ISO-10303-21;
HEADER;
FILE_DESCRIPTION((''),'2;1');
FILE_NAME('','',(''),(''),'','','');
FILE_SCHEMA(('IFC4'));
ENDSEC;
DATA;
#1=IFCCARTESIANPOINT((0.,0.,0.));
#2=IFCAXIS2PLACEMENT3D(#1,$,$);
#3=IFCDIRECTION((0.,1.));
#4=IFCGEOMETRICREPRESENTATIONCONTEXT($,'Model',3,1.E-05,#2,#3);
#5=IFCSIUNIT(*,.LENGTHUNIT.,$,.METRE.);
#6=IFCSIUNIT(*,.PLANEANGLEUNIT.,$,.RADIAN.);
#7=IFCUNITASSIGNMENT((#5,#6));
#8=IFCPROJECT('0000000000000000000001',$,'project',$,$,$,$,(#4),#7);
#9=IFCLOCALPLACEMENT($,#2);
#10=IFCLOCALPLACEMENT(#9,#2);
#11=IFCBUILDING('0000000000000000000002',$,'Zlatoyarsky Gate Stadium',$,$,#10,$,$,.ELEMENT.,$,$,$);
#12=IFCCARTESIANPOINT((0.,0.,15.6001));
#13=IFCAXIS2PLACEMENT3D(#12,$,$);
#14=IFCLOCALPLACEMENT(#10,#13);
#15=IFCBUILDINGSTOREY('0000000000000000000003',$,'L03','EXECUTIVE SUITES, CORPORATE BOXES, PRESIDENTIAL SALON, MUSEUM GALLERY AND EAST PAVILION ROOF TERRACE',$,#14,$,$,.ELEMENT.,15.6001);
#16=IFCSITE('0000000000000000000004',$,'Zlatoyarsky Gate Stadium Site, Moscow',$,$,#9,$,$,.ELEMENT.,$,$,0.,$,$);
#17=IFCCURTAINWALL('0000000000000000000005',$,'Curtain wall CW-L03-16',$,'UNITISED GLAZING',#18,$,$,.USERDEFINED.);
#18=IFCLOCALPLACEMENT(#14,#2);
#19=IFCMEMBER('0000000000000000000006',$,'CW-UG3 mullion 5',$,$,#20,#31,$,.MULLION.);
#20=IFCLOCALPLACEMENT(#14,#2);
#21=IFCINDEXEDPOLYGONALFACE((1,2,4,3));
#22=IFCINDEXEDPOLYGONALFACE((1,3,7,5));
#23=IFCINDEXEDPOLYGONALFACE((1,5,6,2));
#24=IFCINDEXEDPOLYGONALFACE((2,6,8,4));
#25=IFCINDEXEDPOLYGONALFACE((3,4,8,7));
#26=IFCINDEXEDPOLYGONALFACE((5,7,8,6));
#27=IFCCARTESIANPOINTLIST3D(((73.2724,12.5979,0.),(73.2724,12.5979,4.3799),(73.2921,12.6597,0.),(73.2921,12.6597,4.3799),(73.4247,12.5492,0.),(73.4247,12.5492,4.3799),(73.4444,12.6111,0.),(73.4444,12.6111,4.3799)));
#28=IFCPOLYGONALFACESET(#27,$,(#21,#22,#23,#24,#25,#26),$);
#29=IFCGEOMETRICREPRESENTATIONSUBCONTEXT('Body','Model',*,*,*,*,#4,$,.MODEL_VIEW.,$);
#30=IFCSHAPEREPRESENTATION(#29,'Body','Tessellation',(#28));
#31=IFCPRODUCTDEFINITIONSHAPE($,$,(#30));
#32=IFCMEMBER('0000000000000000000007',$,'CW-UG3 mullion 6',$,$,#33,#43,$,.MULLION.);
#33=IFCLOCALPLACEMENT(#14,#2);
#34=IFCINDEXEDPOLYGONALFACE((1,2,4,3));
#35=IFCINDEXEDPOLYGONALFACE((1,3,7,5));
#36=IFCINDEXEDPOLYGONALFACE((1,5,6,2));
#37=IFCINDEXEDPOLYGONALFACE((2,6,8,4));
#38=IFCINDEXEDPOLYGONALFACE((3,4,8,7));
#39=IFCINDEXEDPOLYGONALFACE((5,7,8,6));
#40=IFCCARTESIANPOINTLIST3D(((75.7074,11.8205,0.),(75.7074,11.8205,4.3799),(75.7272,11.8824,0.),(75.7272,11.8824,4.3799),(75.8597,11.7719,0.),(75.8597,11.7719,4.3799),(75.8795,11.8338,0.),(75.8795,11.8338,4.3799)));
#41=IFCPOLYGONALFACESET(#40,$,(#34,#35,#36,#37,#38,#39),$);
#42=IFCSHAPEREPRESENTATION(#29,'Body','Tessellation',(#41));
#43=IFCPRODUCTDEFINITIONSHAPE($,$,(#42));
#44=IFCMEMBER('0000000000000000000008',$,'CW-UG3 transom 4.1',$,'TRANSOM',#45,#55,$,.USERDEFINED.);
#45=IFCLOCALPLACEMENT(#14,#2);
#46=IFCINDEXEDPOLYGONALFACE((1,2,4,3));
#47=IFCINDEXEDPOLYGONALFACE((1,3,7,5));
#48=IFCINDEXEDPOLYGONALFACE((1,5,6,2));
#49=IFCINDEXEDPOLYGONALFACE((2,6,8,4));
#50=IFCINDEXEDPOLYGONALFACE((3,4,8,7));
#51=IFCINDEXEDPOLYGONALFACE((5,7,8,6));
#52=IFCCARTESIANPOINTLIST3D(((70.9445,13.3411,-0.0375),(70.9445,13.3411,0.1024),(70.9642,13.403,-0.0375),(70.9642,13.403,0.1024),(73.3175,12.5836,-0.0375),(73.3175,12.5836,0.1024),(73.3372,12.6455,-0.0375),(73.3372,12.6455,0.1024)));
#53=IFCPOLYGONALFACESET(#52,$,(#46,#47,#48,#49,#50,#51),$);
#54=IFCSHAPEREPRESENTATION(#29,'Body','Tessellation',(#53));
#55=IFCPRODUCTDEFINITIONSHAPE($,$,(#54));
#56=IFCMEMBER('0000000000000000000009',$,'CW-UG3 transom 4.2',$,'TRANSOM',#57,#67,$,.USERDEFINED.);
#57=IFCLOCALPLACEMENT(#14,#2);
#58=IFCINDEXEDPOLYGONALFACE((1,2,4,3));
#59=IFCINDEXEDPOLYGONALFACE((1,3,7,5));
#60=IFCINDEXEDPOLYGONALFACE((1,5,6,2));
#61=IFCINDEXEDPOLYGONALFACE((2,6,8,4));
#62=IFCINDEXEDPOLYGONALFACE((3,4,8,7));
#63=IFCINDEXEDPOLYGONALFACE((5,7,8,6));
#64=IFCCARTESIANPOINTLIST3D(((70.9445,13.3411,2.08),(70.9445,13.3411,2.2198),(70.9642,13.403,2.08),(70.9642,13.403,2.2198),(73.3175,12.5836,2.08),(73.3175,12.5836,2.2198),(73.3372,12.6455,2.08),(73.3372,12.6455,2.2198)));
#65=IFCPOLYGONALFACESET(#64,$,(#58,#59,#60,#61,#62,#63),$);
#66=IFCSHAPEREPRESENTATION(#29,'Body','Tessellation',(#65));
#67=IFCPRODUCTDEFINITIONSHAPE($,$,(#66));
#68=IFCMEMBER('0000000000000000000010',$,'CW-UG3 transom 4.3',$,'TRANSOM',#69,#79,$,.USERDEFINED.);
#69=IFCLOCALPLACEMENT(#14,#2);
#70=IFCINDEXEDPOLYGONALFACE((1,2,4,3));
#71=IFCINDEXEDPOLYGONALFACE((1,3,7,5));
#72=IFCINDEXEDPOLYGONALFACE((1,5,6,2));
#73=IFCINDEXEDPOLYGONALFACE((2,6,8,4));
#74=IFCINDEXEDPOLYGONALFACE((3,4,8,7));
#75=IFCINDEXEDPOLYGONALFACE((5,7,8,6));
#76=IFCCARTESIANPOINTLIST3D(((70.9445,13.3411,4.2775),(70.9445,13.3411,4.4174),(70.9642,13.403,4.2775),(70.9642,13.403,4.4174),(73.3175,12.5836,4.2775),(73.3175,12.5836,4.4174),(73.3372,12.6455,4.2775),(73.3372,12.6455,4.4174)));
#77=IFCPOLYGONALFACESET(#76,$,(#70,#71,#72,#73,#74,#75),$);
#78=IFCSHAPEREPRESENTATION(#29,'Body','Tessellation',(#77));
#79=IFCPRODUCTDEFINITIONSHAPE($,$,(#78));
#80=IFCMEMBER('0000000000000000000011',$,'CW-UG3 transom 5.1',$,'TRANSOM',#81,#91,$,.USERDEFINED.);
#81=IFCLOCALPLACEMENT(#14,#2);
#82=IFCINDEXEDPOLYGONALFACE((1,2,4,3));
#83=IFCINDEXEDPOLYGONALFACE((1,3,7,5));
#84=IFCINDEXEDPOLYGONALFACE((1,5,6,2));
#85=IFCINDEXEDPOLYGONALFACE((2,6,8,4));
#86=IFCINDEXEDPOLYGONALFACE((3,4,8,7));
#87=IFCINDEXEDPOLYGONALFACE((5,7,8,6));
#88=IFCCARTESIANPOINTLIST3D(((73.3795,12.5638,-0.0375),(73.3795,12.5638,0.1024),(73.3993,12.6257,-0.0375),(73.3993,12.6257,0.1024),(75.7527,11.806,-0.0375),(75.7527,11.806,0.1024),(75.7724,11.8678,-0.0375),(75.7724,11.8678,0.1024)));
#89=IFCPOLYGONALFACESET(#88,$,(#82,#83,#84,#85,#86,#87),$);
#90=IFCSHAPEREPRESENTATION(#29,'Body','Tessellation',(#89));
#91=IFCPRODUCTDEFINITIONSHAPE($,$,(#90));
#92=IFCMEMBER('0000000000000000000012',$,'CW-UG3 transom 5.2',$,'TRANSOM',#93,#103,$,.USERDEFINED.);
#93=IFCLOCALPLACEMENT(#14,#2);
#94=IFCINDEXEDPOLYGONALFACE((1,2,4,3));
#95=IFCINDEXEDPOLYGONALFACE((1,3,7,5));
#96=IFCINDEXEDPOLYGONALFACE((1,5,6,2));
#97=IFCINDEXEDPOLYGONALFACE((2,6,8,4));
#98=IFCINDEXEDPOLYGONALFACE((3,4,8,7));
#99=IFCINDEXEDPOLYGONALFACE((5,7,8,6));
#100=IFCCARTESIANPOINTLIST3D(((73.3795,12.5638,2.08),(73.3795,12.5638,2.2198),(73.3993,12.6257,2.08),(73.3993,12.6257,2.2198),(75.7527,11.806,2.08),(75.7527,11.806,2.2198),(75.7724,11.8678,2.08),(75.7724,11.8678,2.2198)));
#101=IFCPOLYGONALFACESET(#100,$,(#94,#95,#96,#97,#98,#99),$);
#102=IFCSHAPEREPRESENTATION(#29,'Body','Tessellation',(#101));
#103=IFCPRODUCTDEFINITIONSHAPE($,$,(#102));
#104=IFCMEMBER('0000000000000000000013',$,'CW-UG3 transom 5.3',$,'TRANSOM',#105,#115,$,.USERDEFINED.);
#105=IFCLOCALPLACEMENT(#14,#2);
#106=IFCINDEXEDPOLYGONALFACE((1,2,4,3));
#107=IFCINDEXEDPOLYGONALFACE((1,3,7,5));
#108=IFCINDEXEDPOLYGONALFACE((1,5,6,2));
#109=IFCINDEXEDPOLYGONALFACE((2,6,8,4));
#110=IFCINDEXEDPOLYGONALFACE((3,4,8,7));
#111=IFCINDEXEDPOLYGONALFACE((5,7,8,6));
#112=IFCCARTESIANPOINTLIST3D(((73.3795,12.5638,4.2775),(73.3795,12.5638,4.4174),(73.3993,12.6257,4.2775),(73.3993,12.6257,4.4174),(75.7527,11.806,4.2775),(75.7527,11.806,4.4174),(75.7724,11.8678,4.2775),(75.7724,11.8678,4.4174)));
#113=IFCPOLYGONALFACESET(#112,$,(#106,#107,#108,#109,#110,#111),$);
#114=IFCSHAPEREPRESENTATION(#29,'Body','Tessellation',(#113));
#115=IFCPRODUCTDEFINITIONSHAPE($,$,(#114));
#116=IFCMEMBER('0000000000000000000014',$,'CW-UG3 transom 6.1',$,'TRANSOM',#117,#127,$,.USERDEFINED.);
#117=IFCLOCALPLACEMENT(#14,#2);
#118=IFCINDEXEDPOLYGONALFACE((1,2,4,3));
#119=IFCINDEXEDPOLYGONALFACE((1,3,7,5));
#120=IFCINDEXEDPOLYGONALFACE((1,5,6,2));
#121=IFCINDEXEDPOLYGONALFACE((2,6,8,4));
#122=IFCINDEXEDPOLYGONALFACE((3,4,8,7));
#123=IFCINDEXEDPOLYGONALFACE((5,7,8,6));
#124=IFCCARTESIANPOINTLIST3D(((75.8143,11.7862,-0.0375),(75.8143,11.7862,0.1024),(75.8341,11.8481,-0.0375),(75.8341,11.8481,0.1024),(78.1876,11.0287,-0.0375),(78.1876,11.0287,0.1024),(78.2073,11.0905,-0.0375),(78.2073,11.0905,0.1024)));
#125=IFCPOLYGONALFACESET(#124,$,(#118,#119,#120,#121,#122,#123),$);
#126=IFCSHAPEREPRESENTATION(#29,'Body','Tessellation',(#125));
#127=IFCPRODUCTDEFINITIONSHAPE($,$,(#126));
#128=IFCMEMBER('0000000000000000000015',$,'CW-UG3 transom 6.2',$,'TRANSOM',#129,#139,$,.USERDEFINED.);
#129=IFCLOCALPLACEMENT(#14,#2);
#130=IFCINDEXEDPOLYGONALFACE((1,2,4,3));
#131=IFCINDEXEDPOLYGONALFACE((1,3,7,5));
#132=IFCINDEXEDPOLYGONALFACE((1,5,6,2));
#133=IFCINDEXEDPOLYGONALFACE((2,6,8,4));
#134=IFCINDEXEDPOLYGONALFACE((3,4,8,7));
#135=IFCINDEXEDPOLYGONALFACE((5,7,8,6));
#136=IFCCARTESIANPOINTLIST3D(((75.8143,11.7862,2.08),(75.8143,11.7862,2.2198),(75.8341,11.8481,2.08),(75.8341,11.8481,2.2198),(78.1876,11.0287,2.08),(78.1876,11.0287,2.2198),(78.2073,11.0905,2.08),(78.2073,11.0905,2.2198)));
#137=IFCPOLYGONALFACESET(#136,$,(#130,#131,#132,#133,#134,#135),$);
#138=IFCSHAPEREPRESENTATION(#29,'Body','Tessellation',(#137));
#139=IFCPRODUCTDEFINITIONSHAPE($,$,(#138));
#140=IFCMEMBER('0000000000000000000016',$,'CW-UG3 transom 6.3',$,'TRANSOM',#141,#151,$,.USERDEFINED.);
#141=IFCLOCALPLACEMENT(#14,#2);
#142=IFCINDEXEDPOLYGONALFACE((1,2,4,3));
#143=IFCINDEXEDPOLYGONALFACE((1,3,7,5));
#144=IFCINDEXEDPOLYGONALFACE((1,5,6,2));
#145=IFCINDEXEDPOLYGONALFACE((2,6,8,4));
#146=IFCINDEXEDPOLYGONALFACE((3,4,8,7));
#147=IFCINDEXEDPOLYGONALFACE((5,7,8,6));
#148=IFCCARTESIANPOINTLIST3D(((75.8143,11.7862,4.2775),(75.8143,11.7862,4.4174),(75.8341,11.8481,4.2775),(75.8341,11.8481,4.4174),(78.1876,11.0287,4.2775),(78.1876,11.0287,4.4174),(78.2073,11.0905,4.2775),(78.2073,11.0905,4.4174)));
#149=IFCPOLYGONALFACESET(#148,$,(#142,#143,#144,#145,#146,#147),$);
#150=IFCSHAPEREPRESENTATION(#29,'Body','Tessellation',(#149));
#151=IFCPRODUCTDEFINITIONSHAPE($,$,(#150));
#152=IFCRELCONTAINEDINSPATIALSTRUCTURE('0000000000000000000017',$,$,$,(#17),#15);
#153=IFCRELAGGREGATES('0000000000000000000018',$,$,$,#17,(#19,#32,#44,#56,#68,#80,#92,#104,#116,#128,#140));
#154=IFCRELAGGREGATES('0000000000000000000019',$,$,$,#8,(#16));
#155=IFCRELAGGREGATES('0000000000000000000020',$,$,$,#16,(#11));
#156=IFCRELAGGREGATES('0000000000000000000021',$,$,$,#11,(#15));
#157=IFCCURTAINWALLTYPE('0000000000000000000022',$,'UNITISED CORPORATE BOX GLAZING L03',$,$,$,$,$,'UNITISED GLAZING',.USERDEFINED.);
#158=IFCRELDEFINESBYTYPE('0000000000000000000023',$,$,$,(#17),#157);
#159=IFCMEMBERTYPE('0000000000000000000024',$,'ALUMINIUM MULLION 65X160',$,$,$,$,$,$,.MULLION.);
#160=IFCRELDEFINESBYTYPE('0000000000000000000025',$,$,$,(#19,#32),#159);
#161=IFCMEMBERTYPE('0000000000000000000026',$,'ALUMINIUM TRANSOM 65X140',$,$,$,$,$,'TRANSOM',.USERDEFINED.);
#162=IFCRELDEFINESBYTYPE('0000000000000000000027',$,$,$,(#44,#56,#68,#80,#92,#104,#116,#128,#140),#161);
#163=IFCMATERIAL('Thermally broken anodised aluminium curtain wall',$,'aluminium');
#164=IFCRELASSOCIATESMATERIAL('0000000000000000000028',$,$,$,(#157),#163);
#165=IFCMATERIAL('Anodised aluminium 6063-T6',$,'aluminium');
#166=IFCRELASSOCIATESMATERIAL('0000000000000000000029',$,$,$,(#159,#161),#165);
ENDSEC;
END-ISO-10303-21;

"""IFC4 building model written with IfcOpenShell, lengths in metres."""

from ifc_helpers import new_model, si_unit, direction, frame, origin, origin_2d, place, context, subcontext, project, spatial, rectangle, extrude, material, material_profile, profile_set, type_object, element, aggregate, save


model = new_model("IFC4")

# Units and contexts
model_context = context("Model", 3, precision=1e-05, world=origin(), true_north=direction((0.0, 1.0)))
body_context = subcontext(model_context, "Body", "Model", "MODEL_VIEW")
ifc_project = project(units=[si_unit("LENGTHUNIT", "METRE"), si_unit("PLANEANGLEUNIT", "RADIAN")], contexts=[model_context])

# Site, building, storey
site_placement = place(None, origin())
site = spatial("IfcSite", under=ifc_project, at=site_placement, Name="Zlatoyarsky Gate Stadium Site, Moscow", CompositionType="ELEMENT", RefElevation=0.0)
building_placement = place(site_placement, origin())
building = spatial("IfcBuilding", under=site, at=building_placement, Name="Zlatoyarsky Gate Stadium", CompositionType="ELEMENT")
storey_placement = place(building_placement, frame((0.0, 0.0, 15.6001)))
storey = spatial("IfcBuildingStorey", under=building, at=storey_placement, Name="L03", Description="EXECUTIVE SUITES, CORPORATE BOXES, PRESIDENTIAL SALON, MUSEUM GALLERY AND EAST PAVILION ROOF TERRACE", CompositionType="ELEMENT", Elevation=15.6001)

# Curtain wall, members
ifc_material_1 = material(Name="Thermally broken anodised aluminium curtain wall", Category="aluminium")
curtain_wall_type = type_object("IfcCurtainWallType", Name="UNITISED CORPORATE BOX GLAZING L03", ElementType="UNITISED GLAZING", PredefinedType="USERDEFINED", material=ifc_material_1)
curtain_wall_placement = place(storey_placement, origin())
curtain_wall = element("IfcCurtainWall", 1, at=curtain_wall_placement, inside=storey, type_object=curtain_wall_type, Name="Curtain wall CW-L03-16", ObjectType="UNITISED GLAZING", PredefinedType="USERDEFINED")
ifc_material_2 = material(Name="Anodised aluminium 6063-T6", Category="aluminium")
ifc_material_profile_1 = material_profile(ifc_material_2, rectangle(XDim=0.0649, YDim=0.1599, at=origin_2d()), Name="ALU 65X160")
ifc_profile_set_1 = profile_set([ifc_material_profile_1], Name="Anodised aluminium 6063-T6")
member_type_1 = type_object("IfcMemberType", Name="ALUMINIUM MULLION 65X160", PredefinedType="MULLION", material=ifc_profile_set_1)
member_1_placement = place(storey_placement, frame((73.3584, 12.6045, 0.0), z_axis=(0.0, 0.0, 1.0), x_axis=(0.304162, 0.95262, 0.0)))
member_1 = element("IfcMember", 2, at=member_1_placement, type_object=member_type_1, Name="CW-UG3 mullion 5", PredefinedType="MULLION", context=body_context, shape_type="SweptSolid", body=[
    extrude(rectangle(XDim=0.0649, YDim=0.1599, at=origin_2d()), origin(), (0.0, 0.0, 1.0), 4.3799),
])
member_2_placement = place(storey_placement, frame((75.7935, 11.8271, 0.0), z_axis=(0.0, 0.0, 1.0), x_axis=(0.304162, 0.95262, 0.0)))
member_2 = element("IfcMember", 3, at=member_2_placement, type_object=member_type_1, Name="CW-UG3 mullion 6", PredefinedType="MULLION", context=body_context, shape_type="SweptSolid", body=[
    extrude(rectangle(XDim=0.0649, YDim=0.1599, at=origin_2d()), origin(), (0.0, 0.0, 1.0), 4.3799),
])
ifc_material_profile_2 = material_profile(ifc_material_2, rectangle(XDim=0.0649, YDim=0.1399, at=origin_2d()), Name="ALU 65X140")
ifc_profile_set_2 = profile_set([ifc_material_profile_2], Name="Anodised aluminium 6063-T6")
member_type_2 = type_object("IfcMemberType", Name="ALUMINIUM TRANSOM 65X140", ElementType="TRANSOM", PredefinedType="USERDEFINED", material=ifc_profile_set_2)
member_3_placement = place(storey_placement, frame((70.9543, 13.3721, 0.0325), z_axis=(0.952634, -0.304118, 0.0), x_axis=(0.304118, 0.952634, 0.0)))
member_3 = element("IfcMember", 4, at=member_3_placement, type_object=member_type_2, Name="CW-UG3 transom 4.1", ObjectType="TRANSOM", PredefinedType="USERDEFINED", context=body_context, shape_type="SweptSolid", body=[
    extrude(rectangle(XDim=0.0649, YDim=0.1399, at=origin_2d()), origin(), (0.0, 0.0, 1.0), 2.491),
])
member_4_placement = place(storey_placement, frame((70.9543, 13.3721, 2.1499), z_axis=(0.952634, -0.304118, 0.0), x_axis=(0.304118, 0.952634, 0.0)))
member_4 = element("IfcMember", 5, at=member_4_placement, type_object=member_type_2, Name="CW-UG3 transom 4.2", ObjectType="TRANSOM", PredefinedType="USERDEFINED", context=body_context, shape_type="SweptSolid", body=[
    extrude(rectangle(XDim=0.0649, YDim=0.1399, at=origin_2d()), origin(), (0.0, 0.0, 1.0), 2.491),
])
member_5_placement = place(storey_placement, frame((70.9543, 13.3721, 4.3474), z_axis=(0.952634, -0.304118, 0.0), x_axis=(0.304118, 0.952634, 0.0)))
member_5 = element("IfcMember", 6, at=member_5_placement, type_object=member_type_2, Name="CW-UG3 transom 4.3", ObjectType="TRANSOM", PredefinedType="USERDEFINED", context=body_context, shape_type="SweptSolid", body=[
    extrude(rectangle(XDim=0.0649, YDim=0.1399, at=origin_2d()), origin(), (0.0, 0.0, 1.0), 2.491),
])
member_6_placement = place(storey_placement, frame((73.3894, 12.5947, 0.0325), z_axis=(0.952606, -0.304207, 0.0), x_axis=(0.304207, 0.952606, 0.0)))
member_6 = element("IfcMember", 7, at=member_6_placement, type_object=member_type_2, Name="CW-UG3 transom 5.1", ObjectType="TRANSOM", PredefinedType="USERDEFINED", context=body_context, shape_type="SweptSolid", body=[
    extrude(rectangle(XDim=0.0649, YDim=0.1399, at=origin_2d()), origin(), (0.0, 0.0, 1.0), 2.4912),
])
member_7_placement = place(storey_placement, frame((73.3894, 12.5947, 2.1499), z_axis=(0.952606, -0.304207, 0.0), x_axis=(0.304207, 0.952606, 0.0)))
member_7 = element("IfcMember", 8, at=member_7_placement, type_object=member_type_2, Name="CW-UG3 transom 5.2", ObjectType="TRANSOM", PredefinedType="USERDEFINED", context=body_context, shape_type="SweptSolid", body=[
    extrude(rectangle(XDim=0.0649, YDim=0.1399, at=origin_2d()), origin(), (0.0, 0.0, 1.0), 2.4912),
])
member_8_placement = place(storey_placement, frame((73.3894, 12.5947, 4.3474), z_axis=(0.952606, -0.304207, 0.0), x_axis=(0.304207, 0.952606, 0.0)))
member_8 = element("IfcMember", 9, at=member_8_placement, type_object=member_type_2, Name="CW-UG3 transom 5.3", ObjectType="TRANSOM", PredefinedType="USERDEFINED", context=body_context, shape_type="SweptSolid", body=[
    extrude(rectangle(XDim=0.0649, YDim=0.1399, at=origin_2d()), origin(), (0.0, 0.0, 1.0), 2.4912),
])
member_9_placement = place(storey_placement, frame((75.8242, 11.8171, 0.0325), z_axis=(0.952644, -0.304089, 0.0), x_axis=(0.304089, 0.952644, 0.0)))
member_9 = element("IfcMember", 10, at=member_9_placement, type_object=member_type_2, Name="CW-UG3 transom 6.1", ObjectType="TRANSOM", PredefinedType="USERDEFINED", context=body_context, shape_type="SweptSolid", body=[
    extrude(rectangle(XDim=0.0649, YDim=0.1399, at=origin_2d()), origin(), (0.0, 0.0, 1.0), 2.4912),
])
member_10_placement = place(storey_placement, frame((75.8242, 11.8171, 2.1499), z_axis=(0.952644, -0.304089, 0.0), x_axis=(0.304089, 0.952644, 0.0)))
member_10 = element("IfcMember", 11, at=member_10_placement, type_object=member_type_2, Name="CW-UG3 transom 6.2", ObjectType="TRANSOM", PredefinedType="USERDEFINED", context=body_context, shape_type="SweptSolid", body=[
    extrude(rectangle(XDim=0.0649, YDim=0.1399, at=origin_2d()), origin(), (0.0, 0.0, 1.0), 2.4912),
])
member_11_placement = place(storey_placement, frame((75.8242, 11.8171, 4.3474), z_axis=(0.952644, -0.304089, 0.0), x_axis=(0.304089, 0.952644, 0.0)))
member_11 = element("IfcMember", 12, at=member_11_placement, type_object=member_type_2, Name="CW-UG3 transom 6.3", ObjectType="TRANSOM", PredefinedType="USERDEFINED", context=body_context, shape_type="SweptSolid", body=[
    extrude(rectangle(XDim=0.0649, YDim=0.1399, at=origin_2d()), origin(), (0.0, 0.0, 1.0), 2.4912),
])

aggregate(curtain_wall, [member_1, member_2, member_3, member_4, member_5, member_6, member_7, member_8, member_9, member_10, member_11])

save(model, "model.ifc")
